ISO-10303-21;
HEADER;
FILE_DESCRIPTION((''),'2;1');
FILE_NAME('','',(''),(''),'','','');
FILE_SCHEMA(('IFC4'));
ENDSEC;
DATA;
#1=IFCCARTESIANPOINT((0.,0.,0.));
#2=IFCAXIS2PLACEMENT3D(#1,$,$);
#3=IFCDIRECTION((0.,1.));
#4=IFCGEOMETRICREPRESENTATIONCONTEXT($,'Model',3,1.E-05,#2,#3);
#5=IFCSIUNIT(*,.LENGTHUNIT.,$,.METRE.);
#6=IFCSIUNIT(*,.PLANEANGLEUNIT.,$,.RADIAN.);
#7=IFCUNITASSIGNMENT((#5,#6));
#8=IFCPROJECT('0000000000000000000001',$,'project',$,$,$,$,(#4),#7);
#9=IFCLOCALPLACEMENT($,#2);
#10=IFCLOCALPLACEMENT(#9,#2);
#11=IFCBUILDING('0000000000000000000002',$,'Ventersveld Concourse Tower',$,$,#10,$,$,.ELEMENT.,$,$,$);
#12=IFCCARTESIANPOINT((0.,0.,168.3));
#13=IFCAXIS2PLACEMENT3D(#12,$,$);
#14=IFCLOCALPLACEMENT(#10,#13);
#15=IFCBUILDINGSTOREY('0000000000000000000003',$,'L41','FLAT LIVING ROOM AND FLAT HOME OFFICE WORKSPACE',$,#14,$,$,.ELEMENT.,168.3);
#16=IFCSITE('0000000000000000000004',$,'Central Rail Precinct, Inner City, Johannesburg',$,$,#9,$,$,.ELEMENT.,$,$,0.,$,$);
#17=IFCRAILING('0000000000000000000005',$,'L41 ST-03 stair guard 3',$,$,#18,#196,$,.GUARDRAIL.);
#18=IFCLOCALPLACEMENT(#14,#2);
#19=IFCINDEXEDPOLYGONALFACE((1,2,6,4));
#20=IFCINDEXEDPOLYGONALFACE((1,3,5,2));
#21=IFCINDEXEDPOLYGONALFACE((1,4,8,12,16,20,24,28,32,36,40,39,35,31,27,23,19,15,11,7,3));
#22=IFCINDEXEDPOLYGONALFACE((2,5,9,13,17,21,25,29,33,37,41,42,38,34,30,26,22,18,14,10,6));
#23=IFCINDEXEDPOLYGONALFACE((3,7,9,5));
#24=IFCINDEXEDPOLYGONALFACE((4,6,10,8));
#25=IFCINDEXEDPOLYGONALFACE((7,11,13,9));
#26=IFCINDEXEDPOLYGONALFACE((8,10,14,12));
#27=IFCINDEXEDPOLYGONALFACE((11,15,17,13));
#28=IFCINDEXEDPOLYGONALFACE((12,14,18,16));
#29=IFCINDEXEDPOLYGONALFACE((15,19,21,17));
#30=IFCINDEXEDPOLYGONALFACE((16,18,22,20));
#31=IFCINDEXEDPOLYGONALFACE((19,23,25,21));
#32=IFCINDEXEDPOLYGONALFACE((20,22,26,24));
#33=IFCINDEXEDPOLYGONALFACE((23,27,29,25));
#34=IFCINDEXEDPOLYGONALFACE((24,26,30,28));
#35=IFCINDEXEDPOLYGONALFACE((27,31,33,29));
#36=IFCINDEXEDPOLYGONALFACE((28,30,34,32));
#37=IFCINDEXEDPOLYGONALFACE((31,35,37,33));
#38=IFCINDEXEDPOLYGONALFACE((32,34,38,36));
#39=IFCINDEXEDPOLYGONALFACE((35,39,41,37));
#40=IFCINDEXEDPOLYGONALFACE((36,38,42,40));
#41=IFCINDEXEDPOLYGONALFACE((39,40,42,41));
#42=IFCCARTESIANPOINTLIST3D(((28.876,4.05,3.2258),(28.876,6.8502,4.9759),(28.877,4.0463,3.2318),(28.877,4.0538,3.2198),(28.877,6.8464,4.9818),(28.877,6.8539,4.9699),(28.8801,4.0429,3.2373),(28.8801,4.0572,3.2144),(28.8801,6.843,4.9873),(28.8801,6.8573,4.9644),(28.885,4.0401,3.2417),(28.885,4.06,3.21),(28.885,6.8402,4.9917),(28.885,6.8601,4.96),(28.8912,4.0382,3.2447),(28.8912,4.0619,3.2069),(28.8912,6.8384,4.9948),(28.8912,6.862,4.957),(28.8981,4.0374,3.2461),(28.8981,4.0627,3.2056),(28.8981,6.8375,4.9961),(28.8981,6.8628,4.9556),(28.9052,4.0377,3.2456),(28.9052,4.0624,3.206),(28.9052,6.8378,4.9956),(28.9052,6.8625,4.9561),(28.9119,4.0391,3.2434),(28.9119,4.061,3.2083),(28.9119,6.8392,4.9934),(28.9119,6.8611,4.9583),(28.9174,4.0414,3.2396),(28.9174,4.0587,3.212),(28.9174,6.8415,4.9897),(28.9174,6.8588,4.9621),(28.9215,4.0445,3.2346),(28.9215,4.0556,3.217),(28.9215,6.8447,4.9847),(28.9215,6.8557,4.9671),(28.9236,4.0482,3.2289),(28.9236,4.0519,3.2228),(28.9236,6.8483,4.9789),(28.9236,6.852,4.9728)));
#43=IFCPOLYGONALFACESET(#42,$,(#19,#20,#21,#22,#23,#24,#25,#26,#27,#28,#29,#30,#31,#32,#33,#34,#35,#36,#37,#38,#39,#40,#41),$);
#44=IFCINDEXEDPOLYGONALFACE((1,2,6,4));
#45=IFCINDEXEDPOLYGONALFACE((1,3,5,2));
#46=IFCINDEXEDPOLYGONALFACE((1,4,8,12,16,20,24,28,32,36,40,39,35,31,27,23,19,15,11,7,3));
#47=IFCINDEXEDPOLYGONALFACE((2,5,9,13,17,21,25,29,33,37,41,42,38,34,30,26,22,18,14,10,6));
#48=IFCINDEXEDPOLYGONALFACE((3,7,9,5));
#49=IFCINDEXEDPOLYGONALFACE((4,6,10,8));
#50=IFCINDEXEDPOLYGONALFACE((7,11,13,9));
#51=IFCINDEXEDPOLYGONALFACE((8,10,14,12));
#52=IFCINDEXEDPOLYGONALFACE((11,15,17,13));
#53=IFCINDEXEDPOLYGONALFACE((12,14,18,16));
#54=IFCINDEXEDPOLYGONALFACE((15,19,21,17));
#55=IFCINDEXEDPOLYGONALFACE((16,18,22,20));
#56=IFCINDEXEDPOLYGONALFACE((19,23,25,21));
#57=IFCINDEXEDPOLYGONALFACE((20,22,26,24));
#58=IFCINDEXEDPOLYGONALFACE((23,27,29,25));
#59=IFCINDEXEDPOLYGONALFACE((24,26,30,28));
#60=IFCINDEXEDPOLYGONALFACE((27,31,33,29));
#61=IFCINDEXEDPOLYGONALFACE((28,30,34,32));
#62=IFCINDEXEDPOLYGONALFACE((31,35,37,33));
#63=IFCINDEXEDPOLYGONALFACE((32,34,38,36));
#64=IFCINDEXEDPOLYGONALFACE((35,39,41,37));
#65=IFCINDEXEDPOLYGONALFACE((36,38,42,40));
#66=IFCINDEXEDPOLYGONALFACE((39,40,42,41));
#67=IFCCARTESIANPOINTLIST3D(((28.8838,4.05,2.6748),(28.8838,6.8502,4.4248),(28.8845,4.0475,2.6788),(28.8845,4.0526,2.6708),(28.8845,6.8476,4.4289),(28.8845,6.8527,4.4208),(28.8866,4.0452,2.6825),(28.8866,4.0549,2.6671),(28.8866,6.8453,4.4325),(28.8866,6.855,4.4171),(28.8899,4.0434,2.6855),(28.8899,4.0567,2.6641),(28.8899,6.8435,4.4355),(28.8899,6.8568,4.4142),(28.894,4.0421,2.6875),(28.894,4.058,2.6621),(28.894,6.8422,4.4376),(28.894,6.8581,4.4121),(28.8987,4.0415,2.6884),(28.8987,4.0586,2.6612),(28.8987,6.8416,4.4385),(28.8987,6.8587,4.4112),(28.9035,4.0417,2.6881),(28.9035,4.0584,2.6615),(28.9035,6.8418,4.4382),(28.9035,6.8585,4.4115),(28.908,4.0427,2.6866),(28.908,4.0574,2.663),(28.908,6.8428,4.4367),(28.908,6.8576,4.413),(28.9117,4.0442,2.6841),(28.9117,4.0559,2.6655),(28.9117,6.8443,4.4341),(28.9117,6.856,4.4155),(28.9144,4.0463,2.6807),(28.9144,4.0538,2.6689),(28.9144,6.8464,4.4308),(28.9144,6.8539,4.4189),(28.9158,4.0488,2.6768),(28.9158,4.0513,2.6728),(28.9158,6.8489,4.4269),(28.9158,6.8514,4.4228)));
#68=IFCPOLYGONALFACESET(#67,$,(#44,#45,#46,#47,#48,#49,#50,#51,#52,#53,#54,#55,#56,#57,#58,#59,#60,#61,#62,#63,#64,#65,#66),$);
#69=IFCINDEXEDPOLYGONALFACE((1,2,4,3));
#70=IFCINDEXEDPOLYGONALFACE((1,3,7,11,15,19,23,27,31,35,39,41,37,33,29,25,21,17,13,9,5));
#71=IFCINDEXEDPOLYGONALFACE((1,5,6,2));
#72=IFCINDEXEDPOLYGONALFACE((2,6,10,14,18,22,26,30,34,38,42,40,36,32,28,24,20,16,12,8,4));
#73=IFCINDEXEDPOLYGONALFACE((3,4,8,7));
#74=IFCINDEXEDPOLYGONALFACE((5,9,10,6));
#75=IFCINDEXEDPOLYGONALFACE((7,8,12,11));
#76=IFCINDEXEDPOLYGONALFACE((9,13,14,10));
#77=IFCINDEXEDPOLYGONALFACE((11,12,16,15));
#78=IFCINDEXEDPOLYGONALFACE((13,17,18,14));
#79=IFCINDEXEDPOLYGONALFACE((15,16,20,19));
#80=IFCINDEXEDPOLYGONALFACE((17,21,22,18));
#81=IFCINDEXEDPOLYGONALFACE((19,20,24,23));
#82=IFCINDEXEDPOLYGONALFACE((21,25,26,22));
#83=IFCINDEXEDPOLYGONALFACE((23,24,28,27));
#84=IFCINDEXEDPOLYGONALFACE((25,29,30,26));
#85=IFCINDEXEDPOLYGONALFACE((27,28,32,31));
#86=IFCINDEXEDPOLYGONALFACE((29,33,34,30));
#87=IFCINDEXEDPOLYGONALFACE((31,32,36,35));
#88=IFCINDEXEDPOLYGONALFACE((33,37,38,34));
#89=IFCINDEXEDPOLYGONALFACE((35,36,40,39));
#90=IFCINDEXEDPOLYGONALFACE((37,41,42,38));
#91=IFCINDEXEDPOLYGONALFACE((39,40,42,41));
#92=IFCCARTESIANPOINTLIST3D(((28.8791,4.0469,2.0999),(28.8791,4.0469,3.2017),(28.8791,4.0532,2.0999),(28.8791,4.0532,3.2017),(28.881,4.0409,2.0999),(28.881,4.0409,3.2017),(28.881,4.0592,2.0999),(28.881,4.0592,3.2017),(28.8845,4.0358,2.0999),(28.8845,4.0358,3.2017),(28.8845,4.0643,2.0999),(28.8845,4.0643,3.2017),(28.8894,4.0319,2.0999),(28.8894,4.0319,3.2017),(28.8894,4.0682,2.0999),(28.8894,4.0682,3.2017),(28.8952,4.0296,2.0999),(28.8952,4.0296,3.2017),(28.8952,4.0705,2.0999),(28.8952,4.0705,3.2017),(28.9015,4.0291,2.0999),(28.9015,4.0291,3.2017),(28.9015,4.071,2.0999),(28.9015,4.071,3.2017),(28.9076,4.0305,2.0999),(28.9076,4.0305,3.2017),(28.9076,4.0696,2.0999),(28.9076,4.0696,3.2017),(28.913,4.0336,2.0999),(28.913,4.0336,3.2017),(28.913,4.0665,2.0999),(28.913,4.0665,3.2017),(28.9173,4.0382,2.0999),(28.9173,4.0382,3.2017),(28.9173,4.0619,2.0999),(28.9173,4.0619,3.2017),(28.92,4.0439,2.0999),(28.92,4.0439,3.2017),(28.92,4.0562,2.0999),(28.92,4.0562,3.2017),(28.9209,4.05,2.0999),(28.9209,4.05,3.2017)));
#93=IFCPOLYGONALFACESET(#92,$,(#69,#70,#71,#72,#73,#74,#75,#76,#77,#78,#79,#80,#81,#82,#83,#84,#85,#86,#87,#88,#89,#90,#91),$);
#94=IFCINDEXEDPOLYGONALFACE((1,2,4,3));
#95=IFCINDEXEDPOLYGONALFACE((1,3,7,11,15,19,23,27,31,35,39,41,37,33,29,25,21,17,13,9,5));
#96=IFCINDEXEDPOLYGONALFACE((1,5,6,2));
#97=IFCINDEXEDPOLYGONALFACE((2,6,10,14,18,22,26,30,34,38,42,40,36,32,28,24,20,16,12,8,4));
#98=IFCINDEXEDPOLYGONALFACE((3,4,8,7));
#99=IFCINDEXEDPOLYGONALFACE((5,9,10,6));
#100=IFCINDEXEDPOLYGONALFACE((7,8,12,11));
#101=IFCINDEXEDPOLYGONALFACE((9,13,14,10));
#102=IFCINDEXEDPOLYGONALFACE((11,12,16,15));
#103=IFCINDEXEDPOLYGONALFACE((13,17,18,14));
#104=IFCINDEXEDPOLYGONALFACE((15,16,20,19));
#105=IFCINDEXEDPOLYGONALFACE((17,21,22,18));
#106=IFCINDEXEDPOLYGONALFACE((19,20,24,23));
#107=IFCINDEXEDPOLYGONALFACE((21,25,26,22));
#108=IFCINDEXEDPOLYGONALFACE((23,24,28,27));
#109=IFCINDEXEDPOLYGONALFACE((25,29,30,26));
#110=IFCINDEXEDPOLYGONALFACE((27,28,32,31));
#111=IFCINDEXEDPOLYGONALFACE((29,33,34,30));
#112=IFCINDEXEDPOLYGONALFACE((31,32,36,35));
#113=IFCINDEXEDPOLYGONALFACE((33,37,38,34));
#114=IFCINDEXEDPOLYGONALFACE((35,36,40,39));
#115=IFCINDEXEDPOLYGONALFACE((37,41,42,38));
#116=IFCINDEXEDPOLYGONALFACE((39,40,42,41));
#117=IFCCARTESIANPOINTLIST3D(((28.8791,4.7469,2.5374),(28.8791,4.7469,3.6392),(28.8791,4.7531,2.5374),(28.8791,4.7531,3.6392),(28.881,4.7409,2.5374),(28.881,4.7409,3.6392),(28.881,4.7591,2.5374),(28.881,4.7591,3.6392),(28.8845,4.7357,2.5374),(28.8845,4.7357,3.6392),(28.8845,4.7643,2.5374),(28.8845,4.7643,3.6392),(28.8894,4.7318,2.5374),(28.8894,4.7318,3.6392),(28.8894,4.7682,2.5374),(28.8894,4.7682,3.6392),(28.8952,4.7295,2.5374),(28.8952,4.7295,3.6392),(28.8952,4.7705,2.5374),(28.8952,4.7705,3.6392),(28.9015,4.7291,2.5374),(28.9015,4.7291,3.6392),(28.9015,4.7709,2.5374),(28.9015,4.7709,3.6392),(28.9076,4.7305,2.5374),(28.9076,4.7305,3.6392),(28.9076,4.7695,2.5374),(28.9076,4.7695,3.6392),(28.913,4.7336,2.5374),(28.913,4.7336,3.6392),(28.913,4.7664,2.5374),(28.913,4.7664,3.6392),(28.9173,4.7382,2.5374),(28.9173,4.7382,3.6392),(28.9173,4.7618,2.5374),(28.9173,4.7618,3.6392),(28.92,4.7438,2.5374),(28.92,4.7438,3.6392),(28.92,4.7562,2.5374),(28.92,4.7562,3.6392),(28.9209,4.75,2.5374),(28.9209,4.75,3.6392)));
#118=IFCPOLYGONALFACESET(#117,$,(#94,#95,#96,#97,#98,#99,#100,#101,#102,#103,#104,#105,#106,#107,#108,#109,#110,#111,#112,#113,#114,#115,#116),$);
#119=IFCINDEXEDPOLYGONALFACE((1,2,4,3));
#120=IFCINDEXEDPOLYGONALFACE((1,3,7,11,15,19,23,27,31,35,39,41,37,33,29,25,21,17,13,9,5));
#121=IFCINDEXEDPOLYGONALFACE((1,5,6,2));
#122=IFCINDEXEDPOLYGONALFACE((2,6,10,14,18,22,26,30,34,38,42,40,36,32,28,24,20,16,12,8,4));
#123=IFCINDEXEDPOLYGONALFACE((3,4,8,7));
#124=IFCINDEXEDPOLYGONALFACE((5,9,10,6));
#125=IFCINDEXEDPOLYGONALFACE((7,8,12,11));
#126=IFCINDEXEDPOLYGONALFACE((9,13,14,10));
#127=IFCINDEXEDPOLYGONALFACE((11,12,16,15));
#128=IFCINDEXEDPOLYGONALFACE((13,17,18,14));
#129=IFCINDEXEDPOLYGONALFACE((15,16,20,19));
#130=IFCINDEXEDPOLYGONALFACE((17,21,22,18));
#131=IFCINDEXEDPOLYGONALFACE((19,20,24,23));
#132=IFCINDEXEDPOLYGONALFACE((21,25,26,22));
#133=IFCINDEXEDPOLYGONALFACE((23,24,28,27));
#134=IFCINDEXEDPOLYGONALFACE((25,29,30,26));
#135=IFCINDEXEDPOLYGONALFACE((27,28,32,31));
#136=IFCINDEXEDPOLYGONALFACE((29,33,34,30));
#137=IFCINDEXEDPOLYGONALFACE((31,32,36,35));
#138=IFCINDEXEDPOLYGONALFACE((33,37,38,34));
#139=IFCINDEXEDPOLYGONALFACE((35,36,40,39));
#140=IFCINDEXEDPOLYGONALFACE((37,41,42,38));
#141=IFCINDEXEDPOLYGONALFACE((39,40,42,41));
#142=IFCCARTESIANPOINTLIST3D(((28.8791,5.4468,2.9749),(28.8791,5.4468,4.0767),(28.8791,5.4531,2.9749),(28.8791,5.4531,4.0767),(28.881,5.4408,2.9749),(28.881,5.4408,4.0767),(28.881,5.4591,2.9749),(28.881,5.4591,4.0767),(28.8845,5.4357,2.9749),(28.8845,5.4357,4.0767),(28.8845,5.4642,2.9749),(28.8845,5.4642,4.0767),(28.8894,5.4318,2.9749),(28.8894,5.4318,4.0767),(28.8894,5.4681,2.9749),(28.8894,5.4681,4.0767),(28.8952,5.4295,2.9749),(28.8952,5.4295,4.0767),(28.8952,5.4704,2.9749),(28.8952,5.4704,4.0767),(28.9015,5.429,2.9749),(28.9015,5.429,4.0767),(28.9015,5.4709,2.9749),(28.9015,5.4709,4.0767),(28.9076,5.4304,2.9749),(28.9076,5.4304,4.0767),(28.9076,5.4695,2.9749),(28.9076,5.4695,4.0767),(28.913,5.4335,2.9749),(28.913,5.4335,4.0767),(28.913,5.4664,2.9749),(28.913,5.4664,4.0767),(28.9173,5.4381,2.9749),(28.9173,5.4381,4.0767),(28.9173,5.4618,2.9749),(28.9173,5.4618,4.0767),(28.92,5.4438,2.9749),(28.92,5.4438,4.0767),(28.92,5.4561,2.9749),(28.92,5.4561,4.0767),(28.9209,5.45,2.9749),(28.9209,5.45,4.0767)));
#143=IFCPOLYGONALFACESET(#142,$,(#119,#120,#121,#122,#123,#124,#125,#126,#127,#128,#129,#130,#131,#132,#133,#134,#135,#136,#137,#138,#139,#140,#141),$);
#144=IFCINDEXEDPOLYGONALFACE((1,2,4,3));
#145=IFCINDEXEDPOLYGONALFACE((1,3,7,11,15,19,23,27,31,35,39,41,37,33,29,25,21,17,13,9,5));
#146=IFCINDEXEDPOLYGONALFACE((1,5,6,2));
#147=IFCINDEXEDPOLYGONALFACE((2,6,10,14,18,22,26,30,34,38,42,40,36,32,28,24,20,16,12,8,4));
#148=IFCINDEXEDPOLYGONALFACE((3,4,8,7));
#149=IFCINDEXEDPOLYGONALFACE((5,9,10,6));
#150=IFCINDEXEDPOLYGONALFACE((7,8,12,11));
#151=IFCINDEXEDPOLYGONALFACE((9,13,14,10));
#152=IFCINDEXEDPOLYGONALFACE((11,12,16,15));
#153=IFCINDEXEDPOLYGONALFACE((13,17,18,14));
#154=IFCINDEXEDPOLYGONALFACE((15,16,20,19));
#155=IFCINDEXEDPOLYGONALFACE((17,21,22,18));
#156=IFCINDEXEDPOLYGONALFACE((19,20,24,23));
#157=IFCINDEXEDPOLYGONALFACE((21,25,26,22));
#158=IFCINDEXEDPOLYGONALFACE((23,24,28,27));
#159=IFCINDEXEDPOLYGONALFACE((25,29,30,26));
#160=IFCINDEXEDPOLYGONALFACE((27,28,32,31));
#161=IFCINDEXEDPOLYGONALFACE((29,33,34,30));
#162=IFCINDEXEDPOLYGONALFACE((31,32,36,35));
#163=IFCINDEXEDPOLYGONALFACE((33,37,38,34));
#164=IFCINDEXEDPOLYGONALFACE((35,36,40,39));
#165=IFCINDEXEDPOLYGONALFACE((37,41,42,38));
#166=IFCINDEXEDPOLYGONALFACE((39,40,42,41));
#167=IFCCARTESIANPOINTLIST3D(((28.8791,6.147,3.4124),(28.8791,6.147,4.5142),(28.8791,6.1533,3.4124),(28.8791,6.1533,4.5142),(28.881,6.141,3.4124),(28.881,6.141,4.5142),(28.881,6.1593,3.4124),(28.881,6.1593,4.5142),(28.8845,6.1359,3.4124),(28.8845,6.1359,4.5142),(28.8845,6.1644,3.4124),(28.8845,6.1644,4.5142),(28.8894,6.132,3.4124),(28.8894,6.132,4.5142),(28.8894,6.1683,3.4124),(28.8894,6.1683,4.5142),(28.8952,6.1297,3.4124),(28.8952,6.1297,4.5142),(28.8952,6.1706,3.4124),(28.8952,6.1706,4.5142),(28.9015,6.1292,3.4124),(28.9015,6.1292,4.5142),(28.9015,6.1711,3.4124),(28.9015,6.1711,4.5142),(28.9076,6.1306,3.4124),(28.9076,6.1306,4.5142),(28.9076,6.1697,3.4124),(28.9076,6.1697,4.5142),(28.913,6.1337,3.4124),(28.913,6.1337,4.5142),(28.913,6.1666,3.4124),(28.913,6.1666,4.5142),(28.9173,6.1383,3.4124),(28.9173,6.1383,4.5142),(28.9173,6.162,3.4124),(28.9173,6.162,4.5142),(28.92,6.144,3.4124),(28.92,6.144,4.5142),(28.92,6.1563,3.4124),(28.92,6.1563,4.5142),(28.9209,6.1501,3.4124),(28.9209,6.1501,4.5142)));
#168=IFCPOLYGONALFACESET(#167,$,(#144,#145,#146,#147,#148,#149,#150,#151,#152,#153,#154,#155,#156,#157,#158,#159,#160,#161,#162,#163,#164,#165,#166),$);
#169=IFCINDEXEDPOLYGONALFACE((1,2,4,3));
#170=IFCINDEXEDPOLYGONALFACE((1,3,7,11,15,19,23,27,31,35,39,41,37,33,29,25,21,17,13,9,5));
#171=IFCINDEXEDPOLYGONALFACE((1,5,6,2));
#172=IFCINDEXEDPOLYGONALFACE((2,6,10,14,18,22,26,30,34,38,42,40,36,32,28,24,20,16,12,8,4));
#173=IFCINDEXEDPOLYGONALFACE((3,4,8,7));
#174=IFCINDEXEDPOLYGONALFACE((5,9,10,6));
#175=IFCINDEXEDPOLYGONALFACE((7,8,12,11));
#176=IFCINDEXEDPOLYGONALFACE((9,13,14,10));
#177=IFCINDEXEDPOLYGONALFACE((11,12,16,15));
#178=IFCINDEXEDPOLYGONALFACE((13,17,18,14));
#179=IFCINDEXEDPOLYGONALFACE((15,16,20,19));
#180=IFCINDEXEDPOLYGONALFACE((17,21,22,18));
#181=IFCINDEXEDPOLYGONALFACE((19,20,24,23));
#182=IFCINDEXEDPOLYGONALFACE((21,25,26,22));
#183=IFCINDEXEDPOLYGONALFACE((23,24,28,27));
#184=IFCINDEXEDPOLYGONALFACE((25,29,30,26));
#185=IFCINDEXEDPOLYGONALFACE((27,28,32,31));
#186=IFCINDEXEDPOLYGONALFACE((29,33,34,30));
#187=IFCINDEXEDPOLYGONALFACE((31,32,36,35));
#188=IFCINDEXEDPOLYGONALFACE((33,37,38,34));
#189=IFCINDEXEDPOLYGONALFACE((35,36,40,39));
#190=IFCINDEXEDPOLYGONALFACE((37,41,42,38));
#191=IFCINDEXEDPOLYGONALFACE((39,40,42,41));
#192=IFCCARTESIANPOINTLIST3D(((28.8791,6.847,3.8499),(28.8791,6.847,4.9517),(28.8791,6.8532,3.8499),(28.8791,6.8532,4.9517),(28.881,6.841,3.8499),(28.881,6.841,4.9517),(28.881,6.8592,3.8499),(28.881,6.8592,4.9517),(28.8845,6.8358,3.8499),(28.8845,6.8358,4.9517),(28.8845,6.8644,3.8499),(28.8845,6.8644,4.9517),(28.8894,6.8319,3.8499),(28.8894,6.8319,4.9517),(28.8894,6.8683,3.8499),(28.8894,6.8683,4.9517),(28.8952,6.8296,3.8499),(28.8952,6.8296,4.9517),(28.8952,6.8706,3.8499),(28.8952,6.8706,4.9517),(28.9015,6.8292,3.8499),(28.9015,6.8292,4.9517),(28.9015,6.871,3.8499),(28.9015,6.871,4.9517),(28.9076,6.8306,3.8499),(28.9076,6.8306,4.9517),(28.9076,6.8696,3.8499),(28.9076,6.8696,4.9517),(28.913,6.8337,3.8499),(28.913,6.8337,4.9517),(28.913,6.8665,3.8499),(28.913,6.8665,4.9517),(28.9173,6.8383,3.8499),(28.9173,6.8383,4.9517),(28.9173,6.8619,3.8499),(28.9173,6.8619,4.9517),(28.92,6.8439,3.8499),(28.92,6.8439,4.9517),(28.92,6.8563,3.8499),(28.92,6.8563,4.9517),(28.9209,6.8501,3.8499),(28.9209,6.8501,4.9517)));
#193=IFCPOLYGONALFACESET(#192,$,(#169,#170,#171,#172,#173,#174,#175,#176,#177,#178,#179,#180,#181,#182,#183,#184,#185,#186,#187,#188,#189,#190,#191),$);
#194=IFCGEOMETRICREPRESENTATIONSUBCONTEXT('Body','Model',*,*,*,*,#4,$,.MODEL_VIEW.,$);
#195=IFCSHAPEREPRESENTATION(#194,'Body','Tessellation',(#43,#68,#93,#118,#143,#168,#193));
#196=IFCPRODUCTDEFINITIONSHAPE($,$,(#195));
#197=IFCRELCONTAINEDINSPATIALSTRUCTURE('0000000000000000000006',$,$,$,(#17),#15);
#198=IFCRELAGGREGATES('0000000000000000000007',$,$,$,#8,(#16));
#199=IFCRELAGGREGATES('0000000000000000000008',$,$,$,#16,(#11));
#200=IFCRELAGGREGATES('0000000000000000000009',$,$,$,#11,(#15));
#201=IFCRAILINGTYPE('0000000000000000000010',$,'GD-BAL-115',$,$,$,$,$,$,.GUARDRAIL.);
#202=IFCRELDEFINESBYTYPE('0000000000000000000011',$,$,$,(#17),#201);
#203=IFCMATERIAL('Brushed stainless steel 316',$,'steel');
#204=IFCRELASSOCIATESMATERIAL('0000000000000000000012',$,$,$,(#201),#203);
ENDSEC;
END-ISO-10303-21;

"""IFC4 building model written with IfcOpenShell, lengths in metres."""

from ifc_helpers import new_model, si_unit, direction, frame, origin, origin_2d, place, context, subcontext, project, spatial, circle, extrude, material, type_object, element, save


model = new_model("IFC4")

# Units and contexts
model_context = context("Model", 3, precision=1e-05, world=origin(), true_north=direction((0.0, 1.0)))
body_context = subcontext(model_context, "Body", "Model", "MODEL_VIEW")
ifc_project = project(units=[si_unit("LENGTHUNIT", "METRE"), si_unit("PLANEANGLEUNIT", "RADIAN")], contexts=[model_context])

# Site, building, storey
site_placement = place(None, origin())
site = spatial("IfcSite", under=ifc_project, at=site_placement, Name="Central Rail Precinct, Inner City, Johannesburg", CompositionType="ELEMENT", RefElevation=0.0)
building_placement = place(site_placement, origin())
building = spatial("IfcBuilding", under=site, at=building_placement, Name="Ventersveld Concourse Tower", CompositionType="ELEMENT")
storey_placement = place(building_placement, frame((0.0, 0.0, 168.3)))
storey = spatial("IfcBuildingStorey", under=building, at=storey_placement, Name="L41", Description="FLAT LIVING ROOM AND FLAT HOME OFFICE WORKSPACE", CompositionType="ELEMENT", Elevation=168.3)

# Shared definitions
ifc_material_1 = material(Name="Brushed stainless steel 316", Category="steel")

# Railing
railing_type_1 = type_object("IfcRailingType", Name="GD-BAL-115", PredefinedType="GUARDRAIL", material=ifc_material_1)
railing_1_placement = place(storey_placement, frame((28.8999, 4.05, 2.0999)))
element("IfcRailing", 1, at=railing_1_placement, inside=storey, type_object=railing_type_1, Name="L41 ST-03 stair guard 3", PredefinedType="GUARDRAIL", context=body_context, shape_type="SweptSolid", body=[
    extrude(circle(Radius=0.0239, at=origin_2d()), frame((0.0, 0.0, 1.126), z_axis=(0.0, 0.848002, 0.529992), x_axis=(-1.0, 0.0, 0.0)), (0.0, 0.0, 1.0), 3.302),
    extrude(circle(Radius=0.0161, at=origin_2d()), frame((0.0, 0.0, 0.575), z_axis=(0.0, 0.848002, 0.529992), x_axis=(-1.0, 0.0, 0.0)), (0.0, 0.0, 1.0), 3.302),
    extrude(circle(Radius=0.021, at=origin_2d()), origin(), (0.0, 0.0, 1.0), 1.1018),
    extrude(circle(Radius=0.021, at=origin_2d()), frame((0.0, 0.7, 0.4375)), (0.0, 0.0, 1.0), 1.1018),
    extrude(circle(Radius=0.021, at=origin_2d()), frame((0.0, 1.3999, 0.875)), (0.0, 0.0, 1.0), 1.1018),
    extrude(circle(Radius=0.021, at=origin_2d()), frame((0.0, 2.1001, 1.3125)), (0.0, 0.0, 1.0), 1.1018),
    extrude(circle(Radius=0.021, at=origin_2d()), frame((0.0, 2.8, 1.75)), (0.0, 0.0, 1.0), 1.1018),
])

save(model, "model.ifc")
